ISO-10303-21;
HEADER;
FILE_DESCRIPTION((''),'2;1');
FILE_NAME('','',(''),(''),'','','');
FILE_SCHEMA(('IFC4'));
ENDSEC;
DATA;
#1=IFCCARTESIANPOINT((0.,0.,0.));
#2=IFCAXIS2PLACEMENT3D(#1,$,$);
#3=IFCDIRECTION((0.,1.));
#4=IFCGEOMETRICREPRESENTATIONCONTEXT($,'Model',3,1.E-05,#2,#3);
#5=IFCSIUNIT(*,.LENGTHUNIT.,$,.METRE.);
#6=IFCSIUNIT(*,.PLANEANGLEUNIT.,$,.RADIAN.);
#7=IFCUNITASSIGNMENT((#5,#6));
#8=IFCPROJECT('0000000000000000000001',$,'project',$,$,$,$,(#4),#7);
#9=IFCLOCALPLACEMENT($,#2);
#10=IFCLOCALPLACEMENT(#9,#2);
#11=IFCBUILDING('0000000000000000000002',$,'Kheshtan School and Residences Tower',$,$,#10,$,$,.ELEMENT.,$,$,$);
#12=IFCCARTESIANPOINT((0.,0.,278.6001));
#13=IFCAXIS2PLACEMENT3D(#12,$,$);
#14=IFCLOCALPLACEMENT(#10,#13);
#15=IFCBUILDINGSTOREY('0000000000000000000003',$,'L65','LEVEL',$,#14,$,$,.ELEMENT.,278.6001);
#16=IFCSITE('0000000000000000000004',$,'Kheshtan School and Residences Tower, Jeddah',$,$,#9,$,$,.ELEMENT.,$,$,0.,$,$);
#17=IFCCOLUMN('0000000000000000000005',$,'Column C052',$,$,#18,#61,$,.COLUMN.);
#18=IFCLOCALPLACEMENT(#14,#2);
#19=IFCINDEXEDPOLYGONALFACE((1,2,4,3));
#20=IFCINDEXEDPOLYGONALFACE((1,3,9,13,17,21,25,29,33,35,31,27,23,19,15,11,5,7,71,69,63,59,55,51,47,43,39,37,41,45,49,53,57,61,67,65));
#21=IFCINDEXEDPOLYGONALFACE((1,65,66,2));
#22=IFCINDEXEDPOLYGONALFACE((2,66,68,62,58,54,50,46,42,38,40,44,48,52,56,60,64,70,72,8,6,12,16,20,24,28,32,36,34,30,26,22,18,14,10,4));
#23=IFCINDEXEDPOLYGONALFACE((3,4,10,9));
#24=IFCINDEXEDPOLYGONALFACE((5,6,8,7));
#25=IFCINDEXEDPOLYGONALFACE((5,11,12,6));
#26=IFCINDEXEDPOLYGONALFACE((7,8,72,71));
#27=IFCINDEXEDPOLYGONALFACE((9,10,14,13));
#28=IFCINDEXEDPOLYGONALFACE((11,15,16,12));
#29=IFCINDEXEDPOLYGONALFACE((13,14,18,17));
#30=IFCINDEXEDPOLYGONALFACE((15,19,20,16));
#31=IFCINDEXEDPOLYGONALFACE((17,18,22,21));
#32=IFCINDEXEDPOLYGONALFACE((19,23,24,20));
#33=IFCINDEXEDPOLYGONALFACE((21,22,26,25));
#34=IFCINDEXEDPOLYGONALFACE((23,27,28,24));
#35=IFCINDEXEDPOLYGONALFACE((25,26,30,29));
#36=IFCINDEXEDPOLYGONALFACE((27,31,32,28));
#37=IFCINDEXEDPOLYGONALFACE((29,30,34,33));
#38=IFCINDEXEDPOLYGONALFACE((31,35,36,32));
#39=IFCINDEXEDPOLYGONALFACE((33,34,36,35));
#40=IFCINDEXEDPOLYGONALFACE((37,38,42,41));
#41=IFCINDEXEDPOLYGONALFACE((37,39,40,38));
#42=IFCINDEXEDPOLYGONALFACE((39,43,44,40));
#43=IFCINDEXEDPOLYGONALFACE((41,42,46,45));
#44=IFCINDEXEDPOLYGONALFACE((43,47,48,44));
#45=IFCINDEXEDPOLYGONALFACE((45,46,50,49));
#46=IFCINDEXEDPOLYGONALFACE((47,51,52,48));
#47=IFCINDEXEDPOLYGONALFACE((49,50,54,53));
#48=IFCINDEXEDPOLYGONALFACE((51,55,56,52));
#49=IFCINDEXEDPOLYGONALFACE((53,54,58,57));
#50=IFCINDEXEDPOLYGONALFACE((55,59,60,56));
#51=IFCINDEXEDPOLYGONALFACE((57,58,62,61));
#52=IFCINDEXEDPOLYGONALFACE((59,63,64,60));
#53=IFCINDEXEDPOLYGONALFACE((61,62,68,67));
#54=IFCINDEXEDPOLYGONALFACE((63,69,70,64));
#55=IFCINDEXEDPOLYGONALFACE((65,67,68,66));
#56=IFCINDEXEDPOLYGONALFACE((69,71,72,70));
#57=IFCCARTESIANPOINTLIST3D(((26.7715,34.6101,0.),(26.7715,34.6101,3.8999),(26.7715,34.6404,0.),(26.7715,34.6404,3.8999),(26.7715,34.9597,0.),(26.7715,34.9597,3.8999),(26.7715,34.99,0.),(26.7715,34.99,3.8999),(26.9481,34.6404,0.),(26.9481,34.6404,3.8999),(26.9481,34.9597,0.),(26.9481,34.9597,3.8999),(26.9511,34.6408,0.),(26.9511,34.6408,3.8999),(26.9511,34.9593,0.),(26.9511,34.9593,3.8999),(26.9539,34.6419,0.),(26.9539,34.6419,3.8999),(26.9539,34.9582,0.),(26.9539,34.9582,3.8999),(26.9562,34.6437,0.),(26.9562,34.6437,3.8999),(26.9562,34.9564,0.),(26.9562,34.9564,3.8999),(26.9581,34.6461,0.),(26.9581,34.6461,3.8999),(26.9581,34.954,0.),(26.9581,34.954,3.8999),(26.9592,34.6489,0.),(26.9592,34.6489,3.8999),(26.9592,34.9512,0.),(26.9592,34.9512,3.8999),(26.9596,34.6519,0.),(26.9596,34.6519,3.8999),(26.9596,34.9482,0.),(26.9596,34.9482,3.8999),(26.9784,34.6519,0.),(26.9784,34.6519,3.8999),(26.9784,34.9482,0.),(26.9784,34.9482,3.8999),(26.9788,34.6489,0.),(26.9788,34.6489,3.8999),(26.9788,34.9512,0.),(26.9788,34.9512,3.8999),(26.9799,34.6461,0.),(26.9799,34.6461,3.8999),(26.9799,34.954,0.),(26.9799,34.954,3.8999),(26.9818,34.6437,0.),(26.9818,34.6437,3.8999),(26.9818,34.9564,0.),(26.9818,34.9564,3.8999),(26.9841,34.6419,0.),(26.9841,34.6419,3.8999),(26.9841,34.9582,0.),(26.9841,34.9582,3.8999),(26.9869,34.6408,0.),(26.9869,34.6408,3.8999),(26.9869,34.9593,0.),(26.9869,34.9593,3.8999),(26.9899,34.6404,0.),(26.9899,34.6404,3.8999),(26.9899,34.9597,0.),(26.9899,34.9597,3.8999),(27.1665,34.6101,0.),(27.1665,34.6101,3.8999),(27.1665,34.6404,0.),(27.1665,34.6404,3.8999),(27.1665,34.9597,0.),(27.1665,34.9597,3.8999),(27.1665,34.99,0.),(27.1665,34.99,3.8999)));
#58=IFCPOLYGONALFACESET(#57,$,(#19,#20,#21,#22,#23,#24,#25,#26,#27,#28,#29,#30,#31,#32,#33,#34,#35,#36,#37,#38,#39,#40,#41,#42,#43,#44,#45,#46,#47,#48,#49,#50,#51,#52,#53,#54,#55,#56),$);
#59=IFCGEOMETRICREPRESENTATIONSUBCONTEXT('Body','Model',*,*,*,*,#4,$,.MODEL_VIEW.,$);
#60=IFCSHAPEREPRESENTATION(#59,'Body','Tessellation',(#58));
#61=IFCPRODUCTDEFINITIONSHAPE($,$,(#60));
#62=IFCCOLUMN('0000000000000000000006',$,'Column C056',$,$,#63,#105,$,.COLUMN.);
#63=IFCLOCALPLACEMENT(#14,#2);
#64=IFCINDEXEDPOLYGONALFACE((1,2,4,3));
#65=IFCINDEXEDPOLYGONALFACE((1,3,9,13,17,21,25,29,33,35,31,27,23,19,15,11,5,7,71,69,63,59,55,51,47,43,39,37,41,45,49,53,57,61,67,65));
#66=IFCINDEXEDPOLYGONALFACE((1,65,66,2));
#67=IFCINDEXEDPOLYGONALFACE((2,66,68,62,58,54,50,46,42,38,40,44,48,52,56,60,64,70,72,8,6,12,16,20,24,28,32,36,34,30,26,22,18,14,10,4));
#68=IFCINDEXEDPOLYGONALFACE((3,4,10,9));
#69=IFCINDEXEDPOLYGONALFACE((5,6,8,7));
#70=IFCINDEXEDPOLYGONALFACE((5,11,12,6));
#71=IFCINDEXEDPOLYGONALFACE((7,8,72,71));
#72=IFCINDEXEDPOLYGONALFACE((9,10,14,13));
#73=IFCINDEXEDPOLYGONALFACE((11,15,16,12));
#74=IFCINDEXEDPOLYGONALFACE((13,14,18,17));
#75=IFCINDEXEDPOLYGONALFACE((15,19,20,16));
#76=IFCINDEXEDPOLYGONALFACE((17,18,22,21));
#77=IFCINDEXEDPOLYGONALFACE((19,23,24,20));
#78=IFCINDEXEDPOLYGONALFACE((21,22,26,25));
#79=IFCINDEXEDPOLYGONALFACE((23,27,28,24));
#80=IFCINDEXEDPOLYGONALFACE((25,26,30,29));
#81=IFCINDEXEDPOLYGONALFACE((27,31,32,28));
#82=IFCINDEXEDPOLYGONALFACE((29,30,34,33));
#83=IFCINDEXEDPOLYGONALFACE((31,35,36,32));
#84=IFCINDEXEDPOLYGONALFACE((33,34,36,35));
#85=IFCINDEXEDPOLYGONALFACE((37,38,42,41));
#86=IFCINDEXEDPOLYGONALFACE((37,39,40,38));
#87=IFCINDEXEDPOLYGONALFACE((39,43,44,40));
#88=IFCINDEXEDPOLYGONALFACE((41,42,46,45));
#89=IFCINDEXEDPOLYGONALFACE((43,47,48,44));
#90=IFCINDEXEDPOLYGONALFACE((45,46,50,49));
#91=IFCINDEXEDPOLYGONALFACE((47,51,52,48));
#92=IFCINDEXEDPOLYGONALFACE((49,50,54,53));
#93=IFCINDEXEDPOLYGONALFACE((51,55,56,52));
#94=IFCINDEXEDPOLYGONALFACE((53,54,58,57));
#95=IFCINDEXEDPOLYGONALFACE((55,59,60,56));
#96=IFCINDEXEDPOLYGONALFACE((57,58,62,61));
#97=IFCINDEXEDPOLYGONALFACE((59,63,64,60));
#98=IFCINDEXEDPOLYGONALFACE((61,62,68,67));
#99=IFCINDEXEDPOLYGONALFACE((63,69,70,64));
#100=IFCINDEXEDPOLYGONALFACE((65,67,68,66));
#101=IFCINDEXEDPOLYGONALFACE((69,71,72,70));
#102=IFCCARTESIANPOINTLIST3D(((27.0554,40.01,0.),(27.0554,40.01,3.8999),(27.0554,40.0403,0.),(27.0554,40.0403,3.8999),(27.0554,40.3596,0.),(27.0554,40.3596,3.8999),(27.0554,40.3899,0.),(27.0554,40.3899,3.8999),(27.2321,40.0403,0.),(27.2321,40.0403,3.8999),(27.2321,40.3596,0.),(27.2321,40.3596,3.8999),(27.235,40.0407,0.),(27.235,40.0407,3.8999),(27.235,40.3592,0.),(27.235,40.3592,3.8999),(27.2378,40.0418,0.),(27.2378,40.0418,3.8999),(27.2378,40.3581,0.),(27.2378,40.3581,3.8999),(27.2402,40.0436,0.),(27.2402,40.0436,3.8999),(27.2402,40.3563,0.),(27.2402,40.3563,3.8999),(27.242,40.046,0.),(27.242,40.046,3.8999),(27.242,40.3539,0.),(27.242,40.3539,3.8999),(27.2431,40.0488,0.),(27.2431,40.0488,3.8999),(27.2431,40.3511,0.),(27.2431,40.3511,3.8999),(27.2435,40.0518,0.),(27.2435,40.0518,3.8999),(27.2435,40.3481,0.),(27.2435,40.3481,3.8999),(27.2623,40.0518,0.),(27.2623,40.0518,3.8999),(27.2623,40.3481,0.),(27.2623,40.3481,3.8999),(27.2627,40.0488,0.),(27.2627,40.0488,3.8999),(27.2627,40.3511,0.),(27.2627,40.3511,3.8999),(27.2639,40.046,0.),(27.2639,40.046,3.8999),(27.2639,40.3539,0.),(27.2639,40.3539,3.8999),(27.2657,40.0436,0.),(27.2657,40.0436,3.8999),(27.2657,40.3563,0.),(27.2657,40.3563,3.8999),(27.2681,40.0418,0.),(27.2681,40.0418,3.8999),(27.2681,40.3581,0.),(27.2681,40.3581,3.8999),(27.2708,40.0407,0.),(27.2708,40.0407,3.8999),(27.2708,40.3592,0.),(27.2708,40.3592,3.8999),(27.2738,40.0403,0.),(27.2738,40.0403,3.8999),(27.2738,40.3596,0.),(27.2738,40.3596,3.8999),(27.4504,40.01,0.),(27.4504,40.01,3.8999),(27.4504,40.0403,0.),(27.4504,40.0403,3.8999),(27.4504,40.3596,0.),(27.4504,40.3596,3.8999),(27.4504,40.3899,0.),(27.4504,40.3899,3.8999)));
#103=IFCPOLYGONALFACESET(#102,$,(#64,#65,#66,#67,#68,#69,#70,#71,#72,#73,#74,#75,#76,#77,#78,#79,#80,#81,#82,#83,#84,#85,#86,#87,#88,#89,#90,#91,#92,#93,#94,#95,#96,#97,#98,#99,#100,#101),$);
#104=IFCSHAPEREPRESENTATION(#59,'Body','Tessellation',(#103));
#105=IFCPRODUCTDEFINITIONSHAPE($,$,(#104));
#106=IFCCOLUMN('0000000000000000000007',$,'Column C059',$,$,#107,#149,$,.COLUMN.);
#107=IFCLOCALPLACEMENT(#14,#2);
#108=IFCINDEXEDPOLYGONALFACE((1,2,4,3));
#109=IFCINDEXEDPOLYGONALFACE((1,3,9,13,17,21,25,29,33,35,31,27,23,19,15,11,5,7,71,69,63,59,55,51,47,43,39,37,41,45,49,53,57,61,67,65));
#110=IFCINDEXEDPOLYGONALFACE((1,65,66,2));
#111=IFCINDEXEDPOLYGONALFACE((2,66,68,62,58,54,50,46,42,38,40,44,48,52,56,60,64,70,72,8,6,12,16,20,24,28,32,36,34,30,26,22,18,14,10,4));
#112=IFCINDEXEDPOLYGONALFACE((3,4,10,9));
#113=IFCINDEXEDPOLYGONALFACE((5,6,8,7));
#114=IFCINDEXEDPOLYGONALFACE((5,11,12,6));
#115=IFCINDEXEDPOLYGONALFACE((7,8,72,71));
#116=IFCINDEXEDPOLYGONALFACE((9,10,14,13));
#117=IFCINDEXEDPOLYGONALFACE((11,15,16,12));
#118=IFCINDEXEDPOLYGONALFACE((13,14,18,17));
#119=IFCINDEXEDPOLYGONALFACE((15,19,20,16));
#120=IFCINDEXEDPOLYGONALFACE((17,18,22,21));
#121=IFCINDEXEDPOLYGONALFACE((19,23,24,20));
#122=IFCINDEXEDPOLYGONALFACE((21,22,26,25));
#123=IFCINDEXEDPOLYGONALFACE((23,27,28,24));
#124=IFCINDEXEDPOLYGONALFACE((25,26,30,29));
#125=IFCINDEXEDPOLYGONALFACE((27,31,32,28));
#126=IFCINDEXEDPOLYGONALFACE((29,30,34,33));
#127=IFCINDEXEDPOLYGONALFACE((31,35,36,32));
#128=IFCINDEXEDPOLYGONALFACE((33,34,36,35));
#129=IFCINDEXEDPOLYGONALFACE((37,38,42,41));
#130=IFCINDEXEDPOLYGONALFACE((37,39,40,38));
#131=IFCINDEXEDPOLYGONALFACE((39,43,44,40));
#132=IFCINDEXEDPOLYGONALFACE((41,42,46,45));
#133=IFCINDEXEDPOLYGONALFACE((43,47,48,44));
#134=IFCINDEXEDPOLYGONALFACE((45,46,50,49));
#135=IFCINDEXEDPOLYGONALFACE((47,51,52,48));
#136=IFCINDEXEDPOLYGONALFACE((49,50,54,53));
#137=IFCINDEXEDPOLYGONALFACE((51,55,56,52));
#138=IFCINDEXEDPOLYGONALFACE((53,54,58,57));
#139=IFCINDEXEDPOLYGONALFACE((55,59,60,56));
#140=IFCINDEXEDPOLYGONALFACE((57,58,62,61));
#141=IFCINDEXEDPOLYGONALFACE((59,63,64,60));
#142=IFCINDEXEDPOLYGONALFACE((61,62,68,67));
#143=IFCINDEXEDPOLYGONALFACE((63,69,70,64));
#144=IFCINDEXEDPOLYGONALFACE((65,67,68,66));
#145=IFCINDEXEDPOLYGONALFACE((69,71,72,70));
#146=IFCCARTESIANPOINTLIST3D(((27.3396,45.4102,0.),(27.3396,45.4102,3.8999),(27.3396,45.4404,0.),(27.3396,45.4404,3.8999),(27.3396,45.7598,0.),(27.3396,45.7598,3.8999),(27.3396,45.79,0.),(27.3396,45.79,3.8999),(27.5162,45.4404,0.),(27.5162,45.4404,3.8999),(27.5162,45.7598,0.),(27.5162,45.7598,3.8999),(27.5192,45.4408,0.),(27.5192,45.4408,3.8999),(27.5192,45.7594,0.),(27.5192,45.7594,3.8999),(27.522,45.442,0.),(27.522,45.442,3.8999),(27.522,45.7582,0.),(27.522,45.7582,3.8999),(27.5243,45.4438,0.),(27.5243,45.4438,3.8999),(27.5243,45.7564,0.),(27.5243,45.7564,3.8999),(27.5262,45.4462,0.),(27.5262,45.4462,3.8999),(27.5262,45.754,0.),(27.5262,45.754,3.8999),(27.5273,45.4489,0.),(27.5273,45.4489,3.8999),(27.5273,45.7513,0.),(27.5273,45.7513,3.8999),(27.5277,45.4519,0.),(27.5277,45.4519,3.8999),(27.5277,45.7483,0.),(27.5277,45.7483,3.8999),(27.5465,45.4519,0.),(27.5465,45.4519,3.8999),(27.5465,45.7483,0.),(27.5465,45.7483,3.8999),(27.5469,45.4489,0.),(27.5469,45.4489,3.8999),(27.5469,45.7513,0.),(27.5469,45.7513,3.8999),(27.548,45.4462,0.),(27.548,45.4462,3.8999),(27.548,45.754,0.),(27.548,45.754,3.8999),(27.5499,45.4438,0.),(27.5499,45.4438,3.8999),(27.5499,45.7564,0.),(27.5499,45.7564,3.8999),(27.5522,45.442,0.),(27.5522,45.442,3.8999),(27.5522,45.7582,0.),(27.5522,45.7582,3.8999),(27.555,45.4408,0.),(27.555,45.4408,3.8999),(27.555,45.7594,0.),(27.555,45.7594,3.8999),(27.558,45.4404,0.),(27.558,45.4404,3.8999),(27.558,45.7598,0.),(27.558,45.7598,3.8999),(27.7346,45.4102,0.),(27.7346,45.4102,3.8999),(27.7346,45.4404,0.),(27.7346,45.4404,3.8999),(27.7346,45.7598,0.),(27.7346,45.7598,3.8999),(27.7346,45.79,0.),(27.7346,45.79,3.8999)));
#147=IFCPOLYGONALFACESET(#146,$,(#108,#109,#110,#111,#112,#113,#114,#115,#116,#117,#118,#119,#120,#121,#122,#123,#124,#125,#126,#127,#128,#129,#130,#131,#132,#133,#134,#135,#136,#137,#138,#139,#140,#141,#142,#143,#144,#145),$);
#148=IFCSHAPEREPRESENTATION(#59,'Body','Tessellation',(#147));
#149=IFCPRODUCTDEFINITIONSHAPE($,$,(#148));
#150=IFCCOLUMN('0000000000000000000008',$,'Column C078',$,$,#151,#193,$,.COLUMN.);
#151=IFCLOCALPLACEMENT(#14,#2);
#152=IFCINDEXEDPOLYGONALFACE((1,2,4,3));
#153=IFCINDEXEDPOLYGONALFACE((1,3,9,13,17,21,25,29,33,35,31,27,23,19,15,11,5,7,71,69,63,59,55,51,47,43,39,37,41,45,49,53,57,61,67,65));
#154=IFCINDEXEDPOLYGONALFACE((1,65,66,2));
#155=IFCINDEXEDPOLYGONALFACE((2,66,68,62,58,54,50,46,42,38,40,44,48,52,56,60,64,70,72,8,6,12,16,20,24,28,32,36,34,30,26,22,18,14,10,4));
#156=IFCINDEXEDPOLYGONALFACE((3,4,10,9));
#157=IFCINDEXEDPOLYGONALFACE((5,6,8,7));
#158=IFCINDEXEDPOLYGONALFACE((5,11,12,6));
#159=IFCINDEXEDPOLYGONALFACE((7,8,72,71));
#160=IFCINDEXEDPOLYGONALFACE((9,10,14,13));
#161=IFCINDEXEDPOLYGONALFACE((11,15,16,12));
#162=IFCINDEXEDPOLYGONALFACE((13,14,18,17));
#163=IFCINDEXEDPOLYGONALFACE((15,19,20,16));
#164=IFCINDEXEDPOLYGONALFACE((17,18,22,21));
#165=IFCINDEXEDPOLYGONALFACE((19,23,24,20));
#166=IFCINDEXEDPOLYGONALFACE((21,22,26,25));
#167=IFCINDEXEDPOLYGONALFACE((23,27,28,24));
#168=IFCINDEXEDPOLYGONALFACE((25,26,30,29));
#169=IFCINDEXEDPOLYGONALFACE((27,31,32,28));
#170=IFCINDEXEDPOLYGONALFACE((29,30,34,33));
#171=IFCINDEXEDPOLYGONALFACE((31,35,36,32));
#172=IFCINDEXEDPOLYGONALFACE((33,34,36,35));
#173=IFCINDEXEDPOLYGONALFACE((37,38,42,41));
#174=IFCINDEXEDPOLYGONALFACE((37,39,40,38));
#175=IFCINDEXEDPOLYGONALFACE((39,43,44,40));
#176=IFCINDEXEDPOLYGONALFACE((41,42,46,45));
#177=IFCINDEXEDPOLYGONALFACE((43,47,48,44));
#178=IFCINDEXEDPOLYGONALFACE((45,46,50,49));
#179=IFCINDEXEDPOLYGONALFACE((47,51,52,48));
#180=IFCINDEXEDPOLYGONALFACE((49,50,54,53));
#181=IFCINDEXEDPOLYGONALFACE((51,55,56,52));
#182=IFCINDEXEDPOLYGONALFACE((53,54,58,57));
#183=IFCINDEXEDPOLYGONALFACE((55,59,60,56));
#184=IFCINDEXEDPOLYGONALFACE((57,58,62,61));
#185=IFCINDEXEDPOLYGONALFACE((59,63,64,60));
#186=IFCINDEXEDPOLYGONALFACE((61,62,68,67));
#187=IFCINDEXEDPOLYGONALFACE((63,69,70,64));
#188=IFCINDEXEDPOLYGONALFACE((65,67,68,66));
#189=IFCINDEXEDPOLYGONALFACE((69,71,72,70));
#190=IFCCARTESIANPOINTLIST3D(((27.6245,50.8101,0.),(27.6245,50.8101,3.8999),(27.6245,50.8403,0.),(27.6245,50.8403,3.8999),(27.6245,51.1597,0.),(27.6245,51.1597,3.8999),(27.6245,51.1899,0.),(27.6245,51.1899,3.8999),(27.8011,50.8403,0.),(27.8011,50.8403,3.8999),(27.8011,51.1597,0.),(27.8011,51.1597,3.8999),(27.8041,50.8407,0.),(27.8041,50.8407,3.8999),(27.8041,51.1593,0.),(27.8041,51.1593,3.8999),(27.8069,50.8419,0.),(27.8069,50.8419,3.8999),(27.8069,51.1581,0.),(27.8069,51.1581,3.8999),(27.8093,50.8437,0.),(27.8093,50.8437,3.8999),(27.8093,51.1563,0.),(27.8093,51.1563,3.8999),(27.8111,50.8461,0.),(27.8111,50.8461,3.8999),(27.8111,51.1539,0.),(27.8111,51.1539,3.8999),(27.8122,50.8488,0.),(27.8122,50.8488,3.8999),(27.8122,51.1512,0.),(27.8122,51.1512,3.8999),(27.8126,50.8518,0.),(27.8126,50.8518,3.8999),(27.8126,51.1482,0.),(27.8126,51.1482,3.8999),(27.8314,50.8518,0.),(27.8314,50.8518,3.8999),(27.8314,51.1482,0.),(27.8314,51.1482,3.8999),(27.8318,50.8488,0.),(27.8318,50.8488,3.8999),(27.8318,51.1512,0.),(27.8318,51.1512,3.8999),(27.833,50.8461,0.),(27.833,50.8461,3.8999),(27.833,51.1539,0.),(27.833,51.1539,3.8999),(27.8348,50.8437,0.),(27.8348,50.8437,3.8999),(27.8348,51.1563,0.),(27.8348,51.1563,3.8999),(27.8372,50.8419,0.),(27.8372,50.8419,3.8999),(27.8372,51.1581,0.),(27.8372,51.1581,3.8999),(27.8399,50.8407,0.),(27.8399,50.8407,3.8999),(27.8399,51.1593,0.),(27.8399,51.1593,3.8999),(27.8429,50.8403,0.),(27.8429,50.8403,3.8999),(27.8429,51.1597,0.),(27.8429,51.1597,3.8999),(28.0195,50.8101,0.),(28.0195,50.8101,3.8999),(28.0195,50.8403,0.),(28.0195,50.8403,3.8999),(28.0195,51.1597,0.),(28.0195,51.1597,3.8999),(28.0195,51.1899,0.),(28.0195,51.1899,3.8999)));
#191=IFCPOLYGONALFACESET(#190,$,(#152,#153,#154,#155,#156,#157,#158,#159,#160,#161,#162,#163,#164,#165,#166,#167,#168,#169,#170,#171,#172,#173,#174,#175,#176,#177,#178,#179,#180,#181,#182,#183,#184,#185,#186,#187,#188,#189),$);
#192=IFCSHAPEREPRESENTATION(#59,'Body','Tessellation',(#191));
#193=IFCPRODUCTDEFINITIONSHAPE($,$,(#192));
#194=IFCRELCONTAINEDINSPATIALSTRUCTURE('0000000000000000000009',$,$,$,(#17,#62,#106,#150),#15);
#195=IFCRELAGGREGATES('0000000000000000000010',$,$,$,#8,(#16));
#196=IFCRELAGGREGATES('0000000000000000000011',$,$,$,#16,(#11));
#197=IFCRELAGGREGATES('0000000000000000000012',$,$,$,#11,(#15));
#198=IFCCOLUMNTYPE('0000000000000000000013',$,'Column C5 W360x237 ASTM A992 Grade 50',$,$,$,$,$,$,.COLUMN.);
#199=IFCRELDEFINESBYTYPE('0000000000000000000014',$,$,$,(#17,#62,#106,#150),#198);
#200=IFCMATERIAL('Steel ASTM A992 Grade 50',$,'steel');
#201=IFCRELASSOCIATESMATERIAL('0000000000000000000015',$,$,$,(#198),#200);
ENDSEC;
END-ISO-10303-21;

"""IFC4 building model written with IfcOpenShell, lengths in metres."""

from ifc_helpers import new_model, si_unit, direction, frame, origin, origin_2d, place, context, subcontext, project, spatial, i_section, extrude, material, material_profile, profile_set, type_object, element, save


model = new_model("IFC4")

# Units and contexts
model_context = context("Model", 3, precision=1e-05, world=origin(), true_north=direction((0.0, 1.0)))
body_context = subcontext(model_context, "Body", "Model", "MODEL_VIEW")
ifc_project = project(units=[si_unit("LENGTHUNIT", "METRE"), si_unit("PLANEANGLEUNIT", "RADIAN")], contexts=[model_context])

# Site, building, storey
site_placement = place(None, origin())
site = spatial("IfcSite", under=ifc_project, at=site_placement, Name="Kheshtan School and Residences Tower, Jeddah", CompositionType="ELEMENT", RefElevation=0.0)
building_placement = place(site_placement, origin())
building = spatial("IfcBuilding", under=site, at=building_placement, Name="Kheshtan School and Residences Tower", CompositionType="ELEMENT")
storey_placement = place(building_placement, frame((0.0, 0.0, 278.6001)))
storey = spatial("IfcBuildingStorey", under=building, at=storey_placement, Name="L65", Description="LEVEL", CompositionType="ELEMENT", Elevation=278.6001)

# Columns
ifc_material_1 = material(Name="Steel ASTM A992 Grade 50", Category="steel")
ifc_material_profile_1 = material_profile(ifc_material_1, i_section(OverallWidth=0.395, OverallDepth=0.3799, WebThickness=0.0188, FlangeThickness=0.0303, FilletRadius=0.0115, at=origin_2d()), Name="W360x237")
ifc_profile_set_1 = profile_set([ifc_material_profile_1], Name="Steel ASTM A992 Grade 50")
column_type = type_object("IfcColumnType", Name="Column C5 W360x237 ASTM A992 Grade 50", PredefinedType="COLUMN", material=ifc_profile_set_1)
for number, where, z_axis, x_axis, name in (
    (1, (26.969, 34.8, 0.0), (0.0, 0.0, 1.0), (1.0, 0.0, 0.0), "Column C052"),
    (2, (27.2529, 40.2, 0.0), (0.0, 0.0, 1.0), (1.0, 0.0, 0.0), "Column C056"),
    (3, (27.5371, 45.6001, 0.0), (0.0, 0.0, 1.0), (1.0, 0.0, 0.0), "Column C059"),
    (4, (27.822, 51.0, 0.0), (0.0, 0.0, 1.0), (1.0, 0.0, 0.0), "Column C078"),
):
    element("IfcColumn", number, at=place(storey_placement, frame(where, z_axis=z_axis, x_axis=x_axis)), inside=storey, type_object=column_type, Name=name, PredefinedType="COLUMN", context=body_context, shape_type="SweptSolid", body=[
        extrude(i_section(OverallWidth=0.395, OverallDepth=0.3799, WebThickness=0.0188, FlangeThickness=0.0303, FilletRadius=0.0115, at=origin_2d()), origin(), (0.0, 0.0, 1.0), 3.8999),
    ])

save(model, "model.ifc")
